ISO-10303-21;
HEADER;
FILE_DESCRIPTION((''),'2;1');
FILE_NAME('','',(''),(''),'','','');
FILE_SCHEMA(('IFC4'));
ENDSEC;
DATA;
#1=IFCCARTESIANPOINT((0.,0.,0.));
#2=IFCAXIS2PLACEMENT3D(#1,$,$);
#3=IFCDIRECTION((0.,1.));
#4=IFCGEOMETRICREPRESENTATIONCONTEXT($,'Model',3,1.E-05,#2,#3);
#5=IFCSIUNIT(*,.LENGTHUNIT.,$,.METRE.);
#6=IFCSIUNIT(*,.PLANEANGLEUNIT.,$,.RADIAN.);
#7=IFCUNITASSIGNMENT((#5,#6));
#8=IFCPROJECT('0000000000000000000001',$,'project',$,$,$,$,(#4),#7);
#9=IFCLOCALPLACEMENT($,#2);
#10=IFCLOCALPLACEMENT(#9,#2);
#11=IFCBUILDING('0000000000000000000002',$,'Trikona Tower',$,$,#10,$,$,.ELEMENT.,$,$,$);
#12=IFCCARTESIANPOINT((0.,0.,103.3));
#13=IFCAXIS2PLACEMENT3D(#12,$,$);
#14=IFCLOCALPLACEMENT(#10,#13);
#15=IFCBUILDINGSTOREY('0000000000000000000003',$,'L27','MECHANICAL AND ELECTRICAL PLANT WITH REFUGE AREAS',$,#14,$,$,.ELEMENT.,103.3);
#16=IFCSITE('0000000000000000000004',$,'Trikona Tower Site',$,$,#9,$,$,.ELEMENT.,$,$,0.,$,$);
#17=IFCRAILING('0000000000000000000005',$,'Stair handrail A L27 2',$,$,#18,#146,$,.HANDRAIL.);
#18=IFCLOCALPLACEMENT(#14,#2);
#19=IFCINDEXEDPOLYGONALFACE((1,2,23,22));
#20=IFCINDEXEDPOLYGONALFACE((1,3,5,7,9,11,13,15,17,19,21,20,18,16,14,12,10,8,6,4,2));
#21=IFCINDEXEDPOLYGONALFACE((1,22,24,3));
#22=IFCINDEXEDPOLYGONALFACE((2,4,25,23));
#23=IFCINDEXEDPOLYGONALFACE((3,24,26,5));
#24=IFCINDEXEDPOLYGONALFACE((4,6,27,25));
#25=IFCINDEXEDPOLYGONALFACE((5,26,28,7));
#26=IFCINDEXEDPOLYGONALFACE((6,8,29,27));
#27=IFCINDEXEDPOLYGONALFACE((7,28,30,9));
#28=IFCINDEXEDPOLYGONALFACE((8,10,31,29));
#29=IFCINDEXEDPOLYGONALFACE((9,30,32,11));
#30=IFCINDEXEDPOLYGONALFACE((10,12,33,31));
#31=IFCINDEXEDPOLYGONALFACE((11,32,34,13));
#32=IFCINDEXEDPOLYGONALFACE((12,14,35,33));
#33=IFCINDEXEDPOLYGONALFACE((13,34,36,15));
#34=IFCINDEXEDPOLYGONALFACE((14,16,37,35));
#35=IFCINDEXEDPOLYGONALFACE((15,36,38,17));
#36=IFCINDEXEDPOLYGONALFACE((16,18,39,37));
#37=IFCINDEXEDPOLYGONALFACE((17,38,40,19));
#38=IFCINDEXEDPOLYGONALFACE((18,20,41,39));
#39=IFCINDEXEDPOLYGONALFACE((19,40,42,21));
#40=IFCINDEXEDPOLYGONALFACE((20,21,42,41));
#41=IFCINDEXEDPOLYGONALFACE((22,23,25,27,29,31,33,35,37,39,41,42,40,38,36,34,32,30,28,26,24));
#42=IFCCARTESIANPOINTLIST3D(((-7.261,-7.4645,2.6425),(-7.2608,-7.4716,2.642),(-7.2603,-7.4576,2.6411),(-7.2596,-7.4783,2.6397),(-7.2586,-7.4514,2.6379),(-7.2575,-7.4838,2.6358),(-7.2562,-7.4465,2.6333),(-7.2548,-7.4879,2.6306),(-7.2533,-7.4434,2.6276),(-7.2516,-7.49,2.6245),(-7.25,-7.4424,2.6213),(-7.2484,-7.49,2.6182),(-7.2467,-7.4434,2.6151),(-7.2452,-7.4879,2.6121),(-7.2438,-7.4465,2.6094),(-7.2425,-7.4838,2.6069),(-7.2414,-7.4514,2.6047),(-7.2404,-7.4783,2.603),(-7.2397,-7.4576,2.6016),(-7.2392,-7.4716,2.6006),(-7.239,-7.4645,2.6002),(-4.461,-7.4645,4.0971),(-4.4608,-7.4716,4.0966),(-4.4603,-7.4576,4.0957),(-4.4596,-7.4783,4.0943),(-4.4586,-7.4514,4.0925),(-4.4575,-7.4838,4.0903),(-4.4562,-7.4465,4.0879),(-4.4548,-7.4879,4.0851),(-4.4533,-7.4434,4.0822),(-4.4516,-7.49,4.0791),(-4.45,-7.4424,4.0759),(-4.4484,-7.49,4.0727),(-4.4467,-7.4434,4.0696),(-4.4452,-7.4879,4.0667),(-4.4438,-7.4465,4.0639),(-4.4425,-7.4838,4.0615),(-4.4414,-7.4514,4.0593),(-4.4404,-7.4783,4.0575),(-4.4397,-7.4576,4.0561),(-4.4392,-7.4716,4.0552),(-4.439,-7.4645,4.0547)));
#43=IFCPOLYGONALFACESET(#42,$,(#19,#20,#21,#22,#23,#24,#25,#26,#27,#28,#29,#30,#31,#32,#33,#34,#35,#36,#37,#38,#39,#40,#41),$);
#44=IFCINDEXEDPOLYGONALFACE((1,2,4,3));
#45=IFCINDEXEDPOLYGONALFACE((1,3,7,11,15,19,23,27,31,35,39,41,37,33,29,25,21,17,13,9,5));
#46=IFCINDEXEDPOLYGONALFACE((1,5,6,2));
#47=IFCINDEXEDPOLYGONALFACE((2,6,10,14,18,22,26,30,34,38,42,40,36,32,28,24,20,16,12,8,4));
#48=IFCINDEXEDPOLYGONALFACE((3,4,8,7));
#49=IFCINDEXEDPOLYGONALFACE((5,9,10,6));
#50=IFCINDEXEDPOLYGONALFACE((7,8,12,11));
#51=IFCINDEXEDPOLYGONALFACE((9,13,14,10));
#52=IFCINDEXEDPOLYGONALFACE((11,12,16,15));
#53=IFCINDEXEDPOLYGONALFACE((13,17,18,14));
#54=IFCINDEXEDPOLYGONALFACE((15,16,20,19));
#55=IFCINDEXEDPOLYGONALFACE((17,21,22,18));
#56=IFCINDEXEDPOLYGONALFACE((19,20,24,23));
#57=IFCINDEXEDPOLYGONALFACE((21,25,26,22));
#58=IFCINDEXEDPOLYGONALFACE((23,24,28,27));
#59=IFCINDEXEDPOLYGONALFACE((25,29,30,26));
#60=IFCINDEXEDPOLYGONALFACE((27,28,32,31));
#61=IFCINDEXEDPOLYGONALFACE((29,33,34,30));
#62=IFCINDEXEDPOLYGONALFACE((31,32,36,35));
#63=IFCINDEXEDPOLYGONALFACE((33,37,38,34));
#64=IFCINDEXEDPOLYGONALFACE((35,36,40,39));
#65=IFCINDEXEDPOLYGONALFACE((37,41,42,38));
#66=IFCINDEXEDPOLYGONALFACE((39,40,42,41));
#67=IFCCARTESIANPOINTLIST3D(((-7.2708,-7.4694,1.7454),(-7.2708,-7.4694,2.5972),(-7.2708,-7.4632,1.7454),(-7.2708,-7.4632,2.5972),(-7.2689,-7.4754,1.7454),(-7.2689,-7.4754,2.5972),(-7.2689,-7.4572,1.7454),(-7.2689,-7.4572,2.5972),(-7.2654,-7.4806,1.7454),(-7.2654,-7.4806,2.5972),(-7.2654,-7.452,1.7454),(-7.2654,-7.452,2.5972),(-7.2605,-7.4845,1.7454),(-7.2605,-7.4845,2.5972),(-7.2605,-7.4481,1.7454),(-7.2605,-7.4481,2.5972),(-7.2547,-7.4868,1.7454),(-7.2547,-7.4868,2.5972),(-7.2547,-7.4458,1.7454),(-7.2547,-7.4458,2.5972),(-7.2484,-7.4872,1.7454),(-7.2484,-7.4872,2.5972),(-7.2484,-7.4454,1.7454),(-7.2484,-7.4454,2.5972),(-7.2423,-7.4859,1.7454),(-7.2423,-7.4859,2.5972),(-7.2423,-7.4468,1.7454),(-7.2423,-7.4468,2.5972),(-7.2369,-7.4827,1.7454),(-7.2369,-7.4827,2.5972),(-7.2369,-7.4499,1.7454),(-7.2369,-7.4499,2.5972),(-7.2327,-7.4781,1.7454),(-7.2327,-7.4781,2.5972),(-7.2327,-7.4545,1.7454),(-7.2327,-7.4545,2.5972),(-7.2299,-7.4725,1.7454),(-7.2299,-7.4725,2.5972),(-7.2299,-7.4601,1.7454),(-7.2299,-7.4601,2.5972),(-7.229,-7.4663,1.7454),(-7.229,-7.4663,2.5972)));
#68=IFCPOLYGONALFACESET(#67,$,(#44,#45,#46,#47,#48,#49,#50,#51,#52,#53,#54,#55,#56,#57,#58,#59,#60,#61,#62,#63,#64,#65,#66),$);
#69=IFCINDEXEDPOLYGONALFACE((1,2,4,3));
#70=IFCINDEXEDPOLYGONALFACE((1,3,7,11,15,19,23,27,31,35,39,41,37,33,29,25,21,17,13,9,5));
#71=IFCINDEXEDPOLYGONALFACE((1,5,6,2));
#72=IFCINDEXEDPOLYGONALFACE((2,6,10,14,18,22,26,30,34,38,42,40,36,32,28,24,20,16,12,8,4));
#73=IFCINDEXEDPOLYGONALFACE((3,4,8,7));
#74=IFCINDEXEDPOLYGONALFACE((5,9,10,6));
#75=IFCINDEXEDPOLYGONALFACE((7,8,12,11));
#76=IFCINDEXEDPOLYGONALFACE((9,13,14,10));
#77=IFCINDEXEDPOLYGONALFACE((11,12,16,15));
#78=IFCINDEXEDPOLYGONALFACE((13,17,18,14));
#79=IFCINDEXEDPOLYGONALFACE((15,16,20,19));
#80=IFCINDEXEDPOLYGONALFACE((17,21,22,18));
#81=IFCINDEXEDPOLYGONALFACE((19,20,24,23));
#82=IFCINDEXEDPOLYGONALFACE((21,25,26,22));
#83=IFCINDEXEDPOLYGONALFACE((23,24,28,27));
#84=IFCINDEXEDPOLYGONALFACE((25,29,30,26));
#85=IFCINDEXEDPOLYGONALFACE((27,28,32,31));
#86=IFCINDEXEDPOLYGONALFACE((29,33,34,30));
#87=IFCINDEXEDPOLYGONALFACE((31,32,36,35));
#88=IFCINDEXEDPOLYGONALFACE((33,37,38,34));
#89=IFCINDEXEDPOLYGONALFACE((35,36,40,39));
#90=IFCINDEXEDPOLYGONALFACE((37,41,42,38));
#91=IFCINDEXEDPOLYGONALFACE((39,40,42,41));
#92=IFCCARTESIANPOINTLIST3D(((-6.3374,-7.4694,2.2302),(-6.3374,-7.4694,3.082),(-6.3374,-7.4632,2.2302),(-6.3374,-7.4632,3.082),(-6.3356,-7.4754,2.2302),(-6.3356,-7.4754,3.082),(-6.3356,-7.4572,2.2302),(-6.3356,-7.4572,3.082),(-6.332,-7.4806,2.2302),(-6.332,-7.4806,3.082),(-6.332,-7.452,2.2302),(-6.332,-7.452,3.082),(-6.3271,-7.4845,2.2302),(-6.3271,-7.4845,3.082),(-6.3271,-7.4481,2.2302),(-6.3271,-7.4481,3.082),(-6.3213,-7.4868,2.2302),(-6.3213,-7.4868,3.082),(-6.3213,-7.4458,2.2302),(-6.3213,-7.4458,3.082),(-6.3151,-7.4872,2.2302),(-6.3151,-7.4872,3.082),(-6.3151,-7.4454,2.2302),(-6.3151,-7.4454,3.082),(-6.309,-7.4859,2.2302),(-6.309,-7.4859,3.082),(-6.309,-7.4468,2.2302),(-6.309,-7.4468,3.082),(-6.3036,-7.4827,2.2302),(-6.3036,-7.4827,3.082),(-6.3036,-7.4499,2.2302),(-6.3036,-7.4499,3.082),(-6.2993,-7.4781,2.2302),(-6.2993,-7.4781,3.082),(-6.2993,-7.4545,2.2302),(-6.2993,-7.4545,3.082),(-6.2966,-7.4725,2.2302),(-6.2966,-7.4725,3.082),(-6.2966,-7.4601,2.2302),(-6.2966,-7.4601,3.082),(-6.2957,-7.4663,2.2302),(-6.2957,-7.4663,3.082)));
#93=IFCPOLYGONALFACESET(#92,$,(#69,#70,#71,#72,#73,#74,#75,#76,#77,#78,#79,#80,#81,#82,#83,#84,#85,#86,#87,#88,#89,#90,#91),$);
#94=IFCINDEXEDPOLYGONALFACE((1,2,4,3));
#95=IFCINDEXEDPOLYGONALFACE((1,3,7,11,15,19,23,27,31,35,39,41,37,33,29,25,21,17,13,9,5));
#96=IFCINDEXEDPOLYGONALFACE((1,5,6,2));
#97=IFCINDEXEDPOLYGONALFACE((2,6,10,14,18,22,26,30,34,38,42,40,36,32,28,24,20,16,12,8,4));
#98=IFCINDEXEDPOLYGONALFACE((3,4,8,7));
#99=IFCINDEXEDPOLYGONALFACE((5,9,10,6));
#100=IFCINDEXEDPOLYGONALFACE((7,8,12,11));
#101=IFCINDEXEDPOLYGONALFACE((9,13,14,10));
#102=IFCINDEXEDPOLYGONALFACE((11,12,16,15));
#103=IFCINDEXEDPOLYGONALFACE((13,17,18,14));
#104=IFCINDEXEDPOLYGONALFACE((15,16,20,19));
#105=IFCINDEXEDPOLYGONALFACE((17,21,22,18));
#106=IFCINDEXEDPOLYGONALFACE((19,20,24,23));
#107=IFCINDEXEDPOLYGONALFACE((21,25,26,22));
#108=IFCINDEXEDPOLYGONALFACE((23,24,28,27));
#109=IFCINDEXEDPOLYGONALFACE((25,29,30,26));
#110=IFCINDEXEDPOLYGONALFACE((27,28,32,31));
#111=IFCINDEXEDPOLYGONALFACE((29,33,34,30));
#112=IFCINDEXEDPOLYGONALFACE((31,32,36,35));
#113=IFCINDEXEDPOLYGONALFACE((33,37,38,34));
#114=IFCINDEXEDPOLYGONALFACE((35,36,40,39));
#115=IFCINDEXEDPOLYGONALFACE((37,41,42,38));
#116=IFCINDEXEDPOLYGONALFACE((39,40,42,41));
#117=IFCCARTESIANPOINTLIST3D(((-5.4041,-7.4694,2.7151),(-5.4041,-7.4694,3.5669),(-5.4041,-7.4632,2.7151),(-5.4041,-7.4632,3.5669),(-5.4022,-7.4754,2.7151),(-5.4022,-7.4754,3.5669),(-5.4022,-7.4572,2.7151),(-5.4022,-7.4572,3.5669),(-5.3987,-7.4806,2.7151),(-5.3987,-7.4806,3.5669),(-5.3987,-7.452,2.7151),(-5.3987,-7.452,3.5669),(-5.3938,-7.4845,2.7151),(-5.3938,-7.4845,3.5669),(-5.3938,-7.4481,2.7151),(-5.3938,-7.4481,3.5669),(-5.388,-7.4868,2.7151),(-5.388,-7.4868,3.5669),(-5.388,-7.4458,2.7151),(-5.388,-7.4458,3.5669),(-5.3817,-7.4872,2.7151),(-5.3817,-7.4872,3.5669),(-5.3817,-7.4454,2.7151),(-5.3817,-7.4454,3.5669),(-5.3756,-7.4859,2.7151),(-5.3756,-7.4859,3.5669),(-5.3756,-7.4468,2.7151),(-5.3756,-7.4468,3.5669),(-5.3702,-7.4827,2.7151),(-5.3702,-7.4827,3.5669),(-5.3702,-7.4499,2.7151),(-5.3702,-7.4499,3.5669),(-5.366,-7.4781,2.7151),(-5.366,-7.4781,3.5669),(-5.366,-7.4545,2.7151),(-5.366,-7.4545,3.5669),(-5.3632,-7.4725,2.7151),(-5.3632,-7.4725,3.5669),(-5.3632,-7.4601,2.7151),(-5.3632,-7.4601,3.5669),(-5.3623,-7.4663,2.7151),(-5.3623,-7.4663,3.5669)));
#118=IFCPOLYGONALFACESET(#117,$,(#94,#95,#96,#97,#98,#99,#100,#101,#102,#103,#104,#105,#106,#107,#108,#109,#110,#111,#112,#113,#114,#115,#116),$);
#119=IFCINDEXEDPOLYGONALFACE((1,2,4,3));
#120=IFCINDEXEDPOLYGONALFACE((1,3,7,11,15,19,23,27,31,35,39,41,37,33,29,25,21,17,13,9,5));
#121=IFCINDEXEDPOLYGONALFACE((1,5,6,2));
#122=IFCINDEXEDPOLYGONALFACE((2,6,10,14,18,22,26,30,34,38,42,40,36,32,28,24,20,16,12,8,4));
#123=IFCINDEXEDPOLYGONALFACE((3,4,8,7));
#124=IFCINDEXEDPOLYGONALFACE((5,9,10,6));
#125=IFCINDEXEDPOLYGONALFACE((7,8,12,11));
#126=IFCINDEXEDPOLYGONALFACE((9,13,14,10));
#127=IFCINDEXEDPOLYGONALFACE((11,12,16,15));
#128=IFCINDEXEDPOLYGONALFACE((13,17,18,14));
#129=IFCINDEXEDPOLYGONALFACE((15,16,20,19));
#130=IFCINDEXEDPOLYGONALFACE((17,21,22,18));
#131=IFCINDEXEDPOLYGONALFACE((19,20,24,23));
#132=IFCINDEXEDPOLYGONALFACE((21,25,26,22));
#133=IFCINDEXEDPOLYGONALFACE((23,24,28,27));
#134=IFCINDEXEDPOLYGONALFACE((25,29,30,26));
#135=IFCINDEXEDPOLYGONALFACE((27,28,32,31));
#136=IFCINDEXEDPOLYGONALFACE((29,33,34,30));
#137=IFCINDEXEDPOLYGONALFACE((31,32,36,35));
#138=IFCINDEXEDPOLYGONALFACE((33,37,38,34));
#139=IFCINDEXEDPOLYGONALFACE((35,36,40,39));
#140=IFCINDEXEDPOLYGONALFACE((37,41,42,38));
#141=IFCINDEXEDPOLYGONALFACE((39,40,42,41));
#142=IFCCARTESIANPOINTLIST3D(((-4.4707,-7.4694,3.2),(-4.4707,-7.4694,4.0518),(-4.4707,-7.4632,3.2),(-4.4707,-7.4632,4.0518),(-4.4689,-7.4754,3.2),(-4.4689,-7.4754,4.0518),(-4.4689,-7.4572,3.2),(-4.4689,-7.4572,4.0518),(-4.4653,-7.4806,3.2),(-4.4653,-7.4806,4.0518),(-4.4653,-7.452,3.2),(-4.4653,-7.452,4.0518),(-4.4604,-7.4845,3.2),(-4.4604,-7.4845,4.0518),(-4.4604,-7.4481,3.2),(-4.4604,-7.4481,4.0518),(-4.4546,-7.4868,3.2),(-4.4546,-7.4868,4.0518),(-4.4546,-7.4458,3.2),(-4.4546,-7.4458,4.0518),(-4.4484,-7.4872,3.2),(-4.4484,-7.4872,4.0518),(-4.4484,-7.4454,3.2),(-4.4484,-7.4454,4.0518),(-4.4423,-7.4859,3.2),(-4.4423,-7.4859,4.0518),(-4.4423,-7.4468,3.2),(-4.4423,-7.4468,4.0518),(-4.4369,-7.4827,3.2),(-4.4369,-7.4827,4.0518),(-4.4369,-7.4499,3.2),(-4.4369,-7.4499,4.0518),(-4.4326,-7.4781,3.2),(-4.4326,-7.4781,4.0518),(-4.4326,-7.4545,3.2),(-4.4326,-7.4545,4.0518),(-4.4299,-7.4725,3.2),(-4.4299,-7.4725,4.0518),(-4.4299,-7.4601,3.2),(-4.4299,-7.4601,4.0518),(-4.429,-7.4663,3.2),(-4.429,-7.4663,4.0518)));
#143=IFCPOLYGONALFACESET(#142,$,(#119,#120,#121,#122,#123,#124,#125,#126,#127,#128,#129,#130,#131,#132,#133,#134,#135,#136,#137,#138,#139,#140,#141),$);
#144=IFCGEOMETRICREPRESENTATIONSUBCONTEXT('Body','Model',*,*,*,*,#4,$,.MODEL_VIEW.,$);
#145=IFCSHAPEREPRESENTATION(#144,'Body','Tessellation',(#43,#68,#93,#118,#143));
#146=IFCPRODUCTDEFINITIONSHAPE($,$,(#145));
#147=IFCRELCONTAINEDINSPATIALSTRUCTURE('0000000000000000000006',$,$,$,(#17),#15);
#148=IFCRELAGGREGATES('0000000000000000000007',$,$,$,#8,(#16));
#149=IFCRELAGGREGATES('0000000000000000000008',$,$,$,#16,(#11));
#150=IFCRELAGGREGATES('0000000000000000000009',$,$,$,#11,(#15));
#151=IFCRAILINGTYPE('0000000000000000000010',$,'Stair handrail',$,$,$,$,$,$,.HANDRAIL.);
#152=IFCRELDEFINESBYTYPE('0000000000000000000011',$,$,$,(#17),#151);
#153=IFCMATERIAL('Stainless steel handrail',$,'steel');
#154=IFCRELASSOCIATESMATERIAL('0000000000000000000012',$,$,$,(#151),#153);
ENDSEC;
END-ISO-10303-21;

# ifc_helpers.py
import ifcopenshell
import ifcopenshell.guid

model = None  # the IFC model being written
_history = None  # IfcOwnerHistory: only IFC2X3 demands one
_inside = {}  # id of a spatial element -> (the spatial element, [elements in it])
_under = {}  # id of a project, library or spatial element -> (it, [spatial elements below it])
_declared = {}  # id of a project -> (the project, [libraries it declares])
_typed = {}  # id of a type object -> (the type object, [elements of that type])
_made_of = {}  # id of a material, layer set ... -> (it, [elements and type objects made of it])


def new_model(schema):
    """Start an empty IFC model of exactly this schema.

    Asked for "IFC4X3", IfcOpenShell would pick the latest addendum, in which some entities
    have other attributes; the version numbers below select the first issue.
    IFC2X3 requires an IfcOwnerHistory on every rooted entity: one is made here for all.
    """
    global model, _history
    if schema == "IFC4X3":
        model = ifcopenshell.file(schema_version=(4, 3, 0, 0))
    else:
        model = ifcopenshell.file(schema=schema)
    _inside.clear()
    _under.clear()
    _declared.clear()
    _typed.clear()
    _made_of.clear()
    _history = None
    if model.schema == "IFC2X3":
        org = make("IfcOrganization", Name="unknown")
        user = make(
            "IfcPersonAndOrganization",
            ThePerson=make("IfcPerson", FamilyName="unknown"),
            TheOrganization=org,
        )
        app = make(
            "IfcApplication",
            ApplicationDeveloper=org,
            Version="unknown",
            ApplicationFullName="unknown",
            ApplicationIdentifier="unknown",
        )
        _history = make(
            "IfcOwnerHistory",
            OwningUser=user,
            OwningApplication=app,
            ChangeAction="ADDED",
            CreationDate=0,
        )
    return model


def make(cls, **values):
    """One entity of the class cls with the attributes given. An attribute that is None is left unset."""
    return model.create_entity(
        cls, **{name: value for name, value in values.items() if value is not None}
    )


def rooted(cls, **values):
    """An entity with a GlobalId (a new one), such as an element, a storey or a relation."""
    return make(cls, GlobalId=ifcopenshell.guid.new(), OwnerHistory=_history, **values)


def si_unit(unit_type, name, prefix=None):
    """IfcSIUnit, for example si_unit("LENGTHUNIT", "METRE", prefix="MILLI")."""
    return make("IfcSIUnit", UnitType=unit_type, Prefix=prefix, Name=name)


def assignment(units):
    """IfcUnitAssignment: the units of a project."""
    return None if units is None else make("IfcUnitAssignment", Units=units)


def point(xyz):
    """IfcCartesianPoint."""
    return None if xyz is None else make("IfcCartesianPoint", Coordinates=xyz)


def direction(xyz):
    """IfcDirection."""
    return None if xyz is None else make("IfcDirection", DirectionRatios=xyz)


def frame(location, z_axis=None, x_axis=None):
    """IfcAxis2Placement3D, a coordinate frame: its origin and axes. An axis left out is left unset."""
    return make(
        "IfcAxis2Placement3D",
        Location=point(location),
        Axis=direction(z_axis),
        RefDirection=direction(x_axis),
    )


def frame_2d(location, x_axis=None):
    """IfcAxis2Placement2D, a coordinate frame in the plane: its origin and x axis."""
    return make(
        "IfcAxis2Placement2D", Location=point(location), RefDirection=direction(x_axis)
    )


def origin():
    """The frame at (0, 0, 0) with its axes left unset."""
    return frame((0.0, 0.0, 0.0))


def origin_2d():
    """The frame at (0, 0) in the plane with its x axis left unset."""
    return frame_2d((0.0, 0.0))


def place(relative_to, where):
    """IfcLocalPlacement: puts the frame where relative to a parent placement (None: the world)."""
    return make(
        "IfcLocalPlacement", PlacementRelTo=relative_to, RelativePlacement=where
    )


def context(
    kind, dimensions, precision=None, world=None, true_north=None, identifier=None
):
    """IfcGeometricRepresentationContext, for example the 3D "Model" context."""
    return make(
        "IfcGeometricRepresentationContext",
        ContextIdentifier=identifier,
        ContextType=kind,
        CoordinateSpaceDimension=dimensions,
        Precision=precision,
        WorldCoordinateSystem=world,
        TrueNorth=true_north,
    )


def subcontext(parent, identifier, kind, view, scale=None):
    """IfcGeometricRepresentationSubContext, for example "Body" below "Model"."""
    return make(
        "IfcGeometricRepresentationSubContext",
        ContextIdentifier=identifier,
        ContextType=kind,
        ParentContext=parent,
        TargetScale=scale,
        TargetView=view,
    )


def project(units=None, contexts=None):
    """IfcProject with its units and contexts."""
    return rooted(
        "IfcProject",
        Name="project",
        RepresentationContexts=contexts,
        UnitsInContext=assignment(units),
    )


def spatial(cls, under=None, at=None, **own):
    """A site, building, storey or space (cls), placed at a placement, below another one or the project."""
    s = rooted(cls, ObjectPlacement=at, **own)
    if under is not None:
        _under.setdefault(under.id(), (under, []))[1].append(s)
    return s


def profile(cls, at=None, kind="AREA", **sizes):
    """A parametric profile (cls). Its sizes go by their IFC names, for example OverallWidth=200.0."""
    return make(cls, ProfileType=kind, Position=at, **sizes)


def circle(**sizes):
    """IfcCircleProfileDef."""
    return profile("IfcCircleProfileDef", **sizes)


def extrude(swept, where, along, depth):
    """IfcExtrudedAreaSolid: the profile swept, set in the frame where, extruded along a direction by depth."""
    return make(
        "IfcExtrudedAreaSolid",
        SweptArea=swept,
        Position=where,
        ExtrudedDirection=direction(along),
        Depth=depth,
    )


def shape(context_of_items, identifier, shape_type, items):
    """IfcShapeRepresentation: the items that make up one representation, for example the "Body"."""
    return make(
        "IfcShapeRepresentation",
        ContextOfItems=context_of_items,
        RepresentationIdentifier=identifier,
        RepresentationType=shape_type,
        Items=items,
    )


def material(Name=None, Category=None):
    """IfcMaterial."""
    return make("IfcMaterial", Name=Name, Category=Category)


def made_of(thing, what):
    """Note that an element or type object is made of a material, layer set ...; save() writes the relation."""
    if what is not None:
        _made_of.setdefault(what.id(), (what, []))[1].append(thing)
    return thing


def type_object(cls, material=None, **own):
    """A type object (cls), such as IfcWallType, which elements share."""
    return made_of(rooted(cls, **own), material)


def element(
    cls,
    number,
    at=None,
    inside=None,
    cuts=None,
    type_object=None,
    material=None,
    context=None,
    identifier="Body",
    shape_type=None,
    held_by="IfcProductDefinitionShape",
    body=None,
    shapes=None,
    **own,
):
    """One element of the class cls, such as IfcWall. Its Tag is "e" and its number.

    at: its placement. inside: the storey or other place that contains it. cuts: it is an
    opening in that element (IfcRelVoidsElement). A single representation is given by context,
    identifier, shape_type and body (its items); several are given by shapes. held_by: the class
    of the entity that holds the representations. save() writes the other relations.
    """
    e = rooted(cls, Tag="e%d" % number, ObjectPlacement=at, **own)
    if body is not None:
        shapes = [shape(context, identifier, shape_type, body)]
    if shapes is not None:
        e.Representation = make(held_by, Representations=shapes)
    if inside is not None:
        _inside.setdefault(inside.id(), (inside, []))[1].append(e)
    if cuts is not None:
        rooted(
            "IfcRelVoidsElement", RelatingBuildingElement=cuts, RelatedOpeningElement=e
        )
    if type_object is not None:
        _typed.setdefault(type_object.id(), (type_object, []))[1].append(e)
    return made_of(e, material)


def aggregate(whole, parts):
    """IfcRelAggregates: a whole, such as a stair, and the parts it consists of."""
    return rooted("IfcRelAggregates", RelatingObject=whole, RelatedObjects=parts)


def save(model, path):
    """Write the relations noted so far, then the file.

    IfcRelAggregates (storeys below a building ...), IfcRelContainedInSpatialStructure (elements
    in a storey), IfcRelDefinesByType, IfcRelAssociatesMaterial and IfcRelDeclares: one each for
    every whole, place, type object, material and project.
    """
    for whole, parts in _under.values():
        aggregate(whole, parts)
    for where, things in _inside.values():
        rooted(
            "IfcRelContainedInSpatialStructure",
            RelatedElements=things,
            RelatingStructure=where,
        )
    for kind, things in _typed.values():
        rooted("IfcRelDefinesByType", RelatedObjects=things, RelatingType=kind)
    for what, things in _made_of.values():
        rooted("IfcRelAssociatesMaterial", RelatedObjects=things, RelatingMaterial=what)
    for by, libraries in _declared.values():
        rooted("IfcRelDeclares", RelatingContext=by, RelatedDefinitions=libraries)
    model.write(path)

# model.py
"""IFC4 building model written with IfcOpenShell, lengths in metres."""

from ifc_helpers import new_model, si_unit, direction, frame, origin, origin_2d, place, context, subcontext, project, spatial, circle, extrude, material, type_object, element, save


model = new_model("IFC4")

# Units and contexts
model_context = context("Model", 3, precision=1e-05, world=origin(), true_north=direction((0.0, 1.0)))
body_context = subcontext(model_context, "Body", "Model", "MODEL_VIEW")
ifc_project = project(units=[si_unit("LENGTHUNIT", "METRE"), si_unit("PLANEANGLEUNIT", "RADIAN")], contexts=[model_context])

# Site, building, storey
site_placement = place(None, origin())
site = spatial("IfcSite", under=ifc_project, at=site_placement, Name="Trikona Tower Site", CompositionType="ELEMENT", RefElevation=0.0)
building_placement = place(site_placement, origin())
building = spatial("IfcBuilding", under=site, at=building_placement, Name="Trikona Tower", CompositionType="ELEMENT")
storey_placement = place(building_placement, frame((0.0, 0.0, 103.3)))
storey = spatial("IfcBuildingStorey", under=building, at=storey_placement, Name="L27", Description="MECHANICAL AND ELECTRICAL PLANT WITH REFUGE AREAS", CompositionType="ELEMENT", Elevation=103.3)

# Railing
ifc_material_1 = material(Name="Stainless steel handrail", Category="steel")
railing_type = type_object("IfcRailingType", Name="Stair handrail", PredefinedType="HANDRAIL", material=ifc_material_1)
railing_1_placement = place(storey_placement, frame((-7.25, -7.4663, 1.7454)))
element("IfcRailing", 1, at=railing_1_placement, inside=storey, type_object=railing_type, Name="Stair handrail A L27 2", PredefinedType="HANDRAIL", context=body_context, shape_type="SweptSolid", body=[
    extrude(circle(Radius=0.0239, at=origin_2d()), frame((0.0, 0.0, 0.876), z_axis=(0.887403, 0.0, 0.460995), x_axis=(0.0, 1.0, 0.0)), (0.0, 0.0, 1.0), 3.1553),
    extrude(circle(Radius=0.021, at=origin_2d()), origin(), (0.0, 0.0, 1.0), 0.8518),
    extrude(circle(Radius=0.021, at=origin_2d()), frame((0.9333, 0.0, 0.4849)), (0.0, 0.0, 1.0), 0.8518),
    extrude(circle(Radius=0.021, at=origin_2d()), frame((1.8667, 0.0, 0.9697)), (0.0, 0.0, 1.0), 0.8518),
    extrude(circle(Radius=0.021, at=origin_2d()), frame((2.8, 0.0, 1.4546)), (0.0, 0.0, 1.0), 0.8518),
])

save(model, "model.ifc")
